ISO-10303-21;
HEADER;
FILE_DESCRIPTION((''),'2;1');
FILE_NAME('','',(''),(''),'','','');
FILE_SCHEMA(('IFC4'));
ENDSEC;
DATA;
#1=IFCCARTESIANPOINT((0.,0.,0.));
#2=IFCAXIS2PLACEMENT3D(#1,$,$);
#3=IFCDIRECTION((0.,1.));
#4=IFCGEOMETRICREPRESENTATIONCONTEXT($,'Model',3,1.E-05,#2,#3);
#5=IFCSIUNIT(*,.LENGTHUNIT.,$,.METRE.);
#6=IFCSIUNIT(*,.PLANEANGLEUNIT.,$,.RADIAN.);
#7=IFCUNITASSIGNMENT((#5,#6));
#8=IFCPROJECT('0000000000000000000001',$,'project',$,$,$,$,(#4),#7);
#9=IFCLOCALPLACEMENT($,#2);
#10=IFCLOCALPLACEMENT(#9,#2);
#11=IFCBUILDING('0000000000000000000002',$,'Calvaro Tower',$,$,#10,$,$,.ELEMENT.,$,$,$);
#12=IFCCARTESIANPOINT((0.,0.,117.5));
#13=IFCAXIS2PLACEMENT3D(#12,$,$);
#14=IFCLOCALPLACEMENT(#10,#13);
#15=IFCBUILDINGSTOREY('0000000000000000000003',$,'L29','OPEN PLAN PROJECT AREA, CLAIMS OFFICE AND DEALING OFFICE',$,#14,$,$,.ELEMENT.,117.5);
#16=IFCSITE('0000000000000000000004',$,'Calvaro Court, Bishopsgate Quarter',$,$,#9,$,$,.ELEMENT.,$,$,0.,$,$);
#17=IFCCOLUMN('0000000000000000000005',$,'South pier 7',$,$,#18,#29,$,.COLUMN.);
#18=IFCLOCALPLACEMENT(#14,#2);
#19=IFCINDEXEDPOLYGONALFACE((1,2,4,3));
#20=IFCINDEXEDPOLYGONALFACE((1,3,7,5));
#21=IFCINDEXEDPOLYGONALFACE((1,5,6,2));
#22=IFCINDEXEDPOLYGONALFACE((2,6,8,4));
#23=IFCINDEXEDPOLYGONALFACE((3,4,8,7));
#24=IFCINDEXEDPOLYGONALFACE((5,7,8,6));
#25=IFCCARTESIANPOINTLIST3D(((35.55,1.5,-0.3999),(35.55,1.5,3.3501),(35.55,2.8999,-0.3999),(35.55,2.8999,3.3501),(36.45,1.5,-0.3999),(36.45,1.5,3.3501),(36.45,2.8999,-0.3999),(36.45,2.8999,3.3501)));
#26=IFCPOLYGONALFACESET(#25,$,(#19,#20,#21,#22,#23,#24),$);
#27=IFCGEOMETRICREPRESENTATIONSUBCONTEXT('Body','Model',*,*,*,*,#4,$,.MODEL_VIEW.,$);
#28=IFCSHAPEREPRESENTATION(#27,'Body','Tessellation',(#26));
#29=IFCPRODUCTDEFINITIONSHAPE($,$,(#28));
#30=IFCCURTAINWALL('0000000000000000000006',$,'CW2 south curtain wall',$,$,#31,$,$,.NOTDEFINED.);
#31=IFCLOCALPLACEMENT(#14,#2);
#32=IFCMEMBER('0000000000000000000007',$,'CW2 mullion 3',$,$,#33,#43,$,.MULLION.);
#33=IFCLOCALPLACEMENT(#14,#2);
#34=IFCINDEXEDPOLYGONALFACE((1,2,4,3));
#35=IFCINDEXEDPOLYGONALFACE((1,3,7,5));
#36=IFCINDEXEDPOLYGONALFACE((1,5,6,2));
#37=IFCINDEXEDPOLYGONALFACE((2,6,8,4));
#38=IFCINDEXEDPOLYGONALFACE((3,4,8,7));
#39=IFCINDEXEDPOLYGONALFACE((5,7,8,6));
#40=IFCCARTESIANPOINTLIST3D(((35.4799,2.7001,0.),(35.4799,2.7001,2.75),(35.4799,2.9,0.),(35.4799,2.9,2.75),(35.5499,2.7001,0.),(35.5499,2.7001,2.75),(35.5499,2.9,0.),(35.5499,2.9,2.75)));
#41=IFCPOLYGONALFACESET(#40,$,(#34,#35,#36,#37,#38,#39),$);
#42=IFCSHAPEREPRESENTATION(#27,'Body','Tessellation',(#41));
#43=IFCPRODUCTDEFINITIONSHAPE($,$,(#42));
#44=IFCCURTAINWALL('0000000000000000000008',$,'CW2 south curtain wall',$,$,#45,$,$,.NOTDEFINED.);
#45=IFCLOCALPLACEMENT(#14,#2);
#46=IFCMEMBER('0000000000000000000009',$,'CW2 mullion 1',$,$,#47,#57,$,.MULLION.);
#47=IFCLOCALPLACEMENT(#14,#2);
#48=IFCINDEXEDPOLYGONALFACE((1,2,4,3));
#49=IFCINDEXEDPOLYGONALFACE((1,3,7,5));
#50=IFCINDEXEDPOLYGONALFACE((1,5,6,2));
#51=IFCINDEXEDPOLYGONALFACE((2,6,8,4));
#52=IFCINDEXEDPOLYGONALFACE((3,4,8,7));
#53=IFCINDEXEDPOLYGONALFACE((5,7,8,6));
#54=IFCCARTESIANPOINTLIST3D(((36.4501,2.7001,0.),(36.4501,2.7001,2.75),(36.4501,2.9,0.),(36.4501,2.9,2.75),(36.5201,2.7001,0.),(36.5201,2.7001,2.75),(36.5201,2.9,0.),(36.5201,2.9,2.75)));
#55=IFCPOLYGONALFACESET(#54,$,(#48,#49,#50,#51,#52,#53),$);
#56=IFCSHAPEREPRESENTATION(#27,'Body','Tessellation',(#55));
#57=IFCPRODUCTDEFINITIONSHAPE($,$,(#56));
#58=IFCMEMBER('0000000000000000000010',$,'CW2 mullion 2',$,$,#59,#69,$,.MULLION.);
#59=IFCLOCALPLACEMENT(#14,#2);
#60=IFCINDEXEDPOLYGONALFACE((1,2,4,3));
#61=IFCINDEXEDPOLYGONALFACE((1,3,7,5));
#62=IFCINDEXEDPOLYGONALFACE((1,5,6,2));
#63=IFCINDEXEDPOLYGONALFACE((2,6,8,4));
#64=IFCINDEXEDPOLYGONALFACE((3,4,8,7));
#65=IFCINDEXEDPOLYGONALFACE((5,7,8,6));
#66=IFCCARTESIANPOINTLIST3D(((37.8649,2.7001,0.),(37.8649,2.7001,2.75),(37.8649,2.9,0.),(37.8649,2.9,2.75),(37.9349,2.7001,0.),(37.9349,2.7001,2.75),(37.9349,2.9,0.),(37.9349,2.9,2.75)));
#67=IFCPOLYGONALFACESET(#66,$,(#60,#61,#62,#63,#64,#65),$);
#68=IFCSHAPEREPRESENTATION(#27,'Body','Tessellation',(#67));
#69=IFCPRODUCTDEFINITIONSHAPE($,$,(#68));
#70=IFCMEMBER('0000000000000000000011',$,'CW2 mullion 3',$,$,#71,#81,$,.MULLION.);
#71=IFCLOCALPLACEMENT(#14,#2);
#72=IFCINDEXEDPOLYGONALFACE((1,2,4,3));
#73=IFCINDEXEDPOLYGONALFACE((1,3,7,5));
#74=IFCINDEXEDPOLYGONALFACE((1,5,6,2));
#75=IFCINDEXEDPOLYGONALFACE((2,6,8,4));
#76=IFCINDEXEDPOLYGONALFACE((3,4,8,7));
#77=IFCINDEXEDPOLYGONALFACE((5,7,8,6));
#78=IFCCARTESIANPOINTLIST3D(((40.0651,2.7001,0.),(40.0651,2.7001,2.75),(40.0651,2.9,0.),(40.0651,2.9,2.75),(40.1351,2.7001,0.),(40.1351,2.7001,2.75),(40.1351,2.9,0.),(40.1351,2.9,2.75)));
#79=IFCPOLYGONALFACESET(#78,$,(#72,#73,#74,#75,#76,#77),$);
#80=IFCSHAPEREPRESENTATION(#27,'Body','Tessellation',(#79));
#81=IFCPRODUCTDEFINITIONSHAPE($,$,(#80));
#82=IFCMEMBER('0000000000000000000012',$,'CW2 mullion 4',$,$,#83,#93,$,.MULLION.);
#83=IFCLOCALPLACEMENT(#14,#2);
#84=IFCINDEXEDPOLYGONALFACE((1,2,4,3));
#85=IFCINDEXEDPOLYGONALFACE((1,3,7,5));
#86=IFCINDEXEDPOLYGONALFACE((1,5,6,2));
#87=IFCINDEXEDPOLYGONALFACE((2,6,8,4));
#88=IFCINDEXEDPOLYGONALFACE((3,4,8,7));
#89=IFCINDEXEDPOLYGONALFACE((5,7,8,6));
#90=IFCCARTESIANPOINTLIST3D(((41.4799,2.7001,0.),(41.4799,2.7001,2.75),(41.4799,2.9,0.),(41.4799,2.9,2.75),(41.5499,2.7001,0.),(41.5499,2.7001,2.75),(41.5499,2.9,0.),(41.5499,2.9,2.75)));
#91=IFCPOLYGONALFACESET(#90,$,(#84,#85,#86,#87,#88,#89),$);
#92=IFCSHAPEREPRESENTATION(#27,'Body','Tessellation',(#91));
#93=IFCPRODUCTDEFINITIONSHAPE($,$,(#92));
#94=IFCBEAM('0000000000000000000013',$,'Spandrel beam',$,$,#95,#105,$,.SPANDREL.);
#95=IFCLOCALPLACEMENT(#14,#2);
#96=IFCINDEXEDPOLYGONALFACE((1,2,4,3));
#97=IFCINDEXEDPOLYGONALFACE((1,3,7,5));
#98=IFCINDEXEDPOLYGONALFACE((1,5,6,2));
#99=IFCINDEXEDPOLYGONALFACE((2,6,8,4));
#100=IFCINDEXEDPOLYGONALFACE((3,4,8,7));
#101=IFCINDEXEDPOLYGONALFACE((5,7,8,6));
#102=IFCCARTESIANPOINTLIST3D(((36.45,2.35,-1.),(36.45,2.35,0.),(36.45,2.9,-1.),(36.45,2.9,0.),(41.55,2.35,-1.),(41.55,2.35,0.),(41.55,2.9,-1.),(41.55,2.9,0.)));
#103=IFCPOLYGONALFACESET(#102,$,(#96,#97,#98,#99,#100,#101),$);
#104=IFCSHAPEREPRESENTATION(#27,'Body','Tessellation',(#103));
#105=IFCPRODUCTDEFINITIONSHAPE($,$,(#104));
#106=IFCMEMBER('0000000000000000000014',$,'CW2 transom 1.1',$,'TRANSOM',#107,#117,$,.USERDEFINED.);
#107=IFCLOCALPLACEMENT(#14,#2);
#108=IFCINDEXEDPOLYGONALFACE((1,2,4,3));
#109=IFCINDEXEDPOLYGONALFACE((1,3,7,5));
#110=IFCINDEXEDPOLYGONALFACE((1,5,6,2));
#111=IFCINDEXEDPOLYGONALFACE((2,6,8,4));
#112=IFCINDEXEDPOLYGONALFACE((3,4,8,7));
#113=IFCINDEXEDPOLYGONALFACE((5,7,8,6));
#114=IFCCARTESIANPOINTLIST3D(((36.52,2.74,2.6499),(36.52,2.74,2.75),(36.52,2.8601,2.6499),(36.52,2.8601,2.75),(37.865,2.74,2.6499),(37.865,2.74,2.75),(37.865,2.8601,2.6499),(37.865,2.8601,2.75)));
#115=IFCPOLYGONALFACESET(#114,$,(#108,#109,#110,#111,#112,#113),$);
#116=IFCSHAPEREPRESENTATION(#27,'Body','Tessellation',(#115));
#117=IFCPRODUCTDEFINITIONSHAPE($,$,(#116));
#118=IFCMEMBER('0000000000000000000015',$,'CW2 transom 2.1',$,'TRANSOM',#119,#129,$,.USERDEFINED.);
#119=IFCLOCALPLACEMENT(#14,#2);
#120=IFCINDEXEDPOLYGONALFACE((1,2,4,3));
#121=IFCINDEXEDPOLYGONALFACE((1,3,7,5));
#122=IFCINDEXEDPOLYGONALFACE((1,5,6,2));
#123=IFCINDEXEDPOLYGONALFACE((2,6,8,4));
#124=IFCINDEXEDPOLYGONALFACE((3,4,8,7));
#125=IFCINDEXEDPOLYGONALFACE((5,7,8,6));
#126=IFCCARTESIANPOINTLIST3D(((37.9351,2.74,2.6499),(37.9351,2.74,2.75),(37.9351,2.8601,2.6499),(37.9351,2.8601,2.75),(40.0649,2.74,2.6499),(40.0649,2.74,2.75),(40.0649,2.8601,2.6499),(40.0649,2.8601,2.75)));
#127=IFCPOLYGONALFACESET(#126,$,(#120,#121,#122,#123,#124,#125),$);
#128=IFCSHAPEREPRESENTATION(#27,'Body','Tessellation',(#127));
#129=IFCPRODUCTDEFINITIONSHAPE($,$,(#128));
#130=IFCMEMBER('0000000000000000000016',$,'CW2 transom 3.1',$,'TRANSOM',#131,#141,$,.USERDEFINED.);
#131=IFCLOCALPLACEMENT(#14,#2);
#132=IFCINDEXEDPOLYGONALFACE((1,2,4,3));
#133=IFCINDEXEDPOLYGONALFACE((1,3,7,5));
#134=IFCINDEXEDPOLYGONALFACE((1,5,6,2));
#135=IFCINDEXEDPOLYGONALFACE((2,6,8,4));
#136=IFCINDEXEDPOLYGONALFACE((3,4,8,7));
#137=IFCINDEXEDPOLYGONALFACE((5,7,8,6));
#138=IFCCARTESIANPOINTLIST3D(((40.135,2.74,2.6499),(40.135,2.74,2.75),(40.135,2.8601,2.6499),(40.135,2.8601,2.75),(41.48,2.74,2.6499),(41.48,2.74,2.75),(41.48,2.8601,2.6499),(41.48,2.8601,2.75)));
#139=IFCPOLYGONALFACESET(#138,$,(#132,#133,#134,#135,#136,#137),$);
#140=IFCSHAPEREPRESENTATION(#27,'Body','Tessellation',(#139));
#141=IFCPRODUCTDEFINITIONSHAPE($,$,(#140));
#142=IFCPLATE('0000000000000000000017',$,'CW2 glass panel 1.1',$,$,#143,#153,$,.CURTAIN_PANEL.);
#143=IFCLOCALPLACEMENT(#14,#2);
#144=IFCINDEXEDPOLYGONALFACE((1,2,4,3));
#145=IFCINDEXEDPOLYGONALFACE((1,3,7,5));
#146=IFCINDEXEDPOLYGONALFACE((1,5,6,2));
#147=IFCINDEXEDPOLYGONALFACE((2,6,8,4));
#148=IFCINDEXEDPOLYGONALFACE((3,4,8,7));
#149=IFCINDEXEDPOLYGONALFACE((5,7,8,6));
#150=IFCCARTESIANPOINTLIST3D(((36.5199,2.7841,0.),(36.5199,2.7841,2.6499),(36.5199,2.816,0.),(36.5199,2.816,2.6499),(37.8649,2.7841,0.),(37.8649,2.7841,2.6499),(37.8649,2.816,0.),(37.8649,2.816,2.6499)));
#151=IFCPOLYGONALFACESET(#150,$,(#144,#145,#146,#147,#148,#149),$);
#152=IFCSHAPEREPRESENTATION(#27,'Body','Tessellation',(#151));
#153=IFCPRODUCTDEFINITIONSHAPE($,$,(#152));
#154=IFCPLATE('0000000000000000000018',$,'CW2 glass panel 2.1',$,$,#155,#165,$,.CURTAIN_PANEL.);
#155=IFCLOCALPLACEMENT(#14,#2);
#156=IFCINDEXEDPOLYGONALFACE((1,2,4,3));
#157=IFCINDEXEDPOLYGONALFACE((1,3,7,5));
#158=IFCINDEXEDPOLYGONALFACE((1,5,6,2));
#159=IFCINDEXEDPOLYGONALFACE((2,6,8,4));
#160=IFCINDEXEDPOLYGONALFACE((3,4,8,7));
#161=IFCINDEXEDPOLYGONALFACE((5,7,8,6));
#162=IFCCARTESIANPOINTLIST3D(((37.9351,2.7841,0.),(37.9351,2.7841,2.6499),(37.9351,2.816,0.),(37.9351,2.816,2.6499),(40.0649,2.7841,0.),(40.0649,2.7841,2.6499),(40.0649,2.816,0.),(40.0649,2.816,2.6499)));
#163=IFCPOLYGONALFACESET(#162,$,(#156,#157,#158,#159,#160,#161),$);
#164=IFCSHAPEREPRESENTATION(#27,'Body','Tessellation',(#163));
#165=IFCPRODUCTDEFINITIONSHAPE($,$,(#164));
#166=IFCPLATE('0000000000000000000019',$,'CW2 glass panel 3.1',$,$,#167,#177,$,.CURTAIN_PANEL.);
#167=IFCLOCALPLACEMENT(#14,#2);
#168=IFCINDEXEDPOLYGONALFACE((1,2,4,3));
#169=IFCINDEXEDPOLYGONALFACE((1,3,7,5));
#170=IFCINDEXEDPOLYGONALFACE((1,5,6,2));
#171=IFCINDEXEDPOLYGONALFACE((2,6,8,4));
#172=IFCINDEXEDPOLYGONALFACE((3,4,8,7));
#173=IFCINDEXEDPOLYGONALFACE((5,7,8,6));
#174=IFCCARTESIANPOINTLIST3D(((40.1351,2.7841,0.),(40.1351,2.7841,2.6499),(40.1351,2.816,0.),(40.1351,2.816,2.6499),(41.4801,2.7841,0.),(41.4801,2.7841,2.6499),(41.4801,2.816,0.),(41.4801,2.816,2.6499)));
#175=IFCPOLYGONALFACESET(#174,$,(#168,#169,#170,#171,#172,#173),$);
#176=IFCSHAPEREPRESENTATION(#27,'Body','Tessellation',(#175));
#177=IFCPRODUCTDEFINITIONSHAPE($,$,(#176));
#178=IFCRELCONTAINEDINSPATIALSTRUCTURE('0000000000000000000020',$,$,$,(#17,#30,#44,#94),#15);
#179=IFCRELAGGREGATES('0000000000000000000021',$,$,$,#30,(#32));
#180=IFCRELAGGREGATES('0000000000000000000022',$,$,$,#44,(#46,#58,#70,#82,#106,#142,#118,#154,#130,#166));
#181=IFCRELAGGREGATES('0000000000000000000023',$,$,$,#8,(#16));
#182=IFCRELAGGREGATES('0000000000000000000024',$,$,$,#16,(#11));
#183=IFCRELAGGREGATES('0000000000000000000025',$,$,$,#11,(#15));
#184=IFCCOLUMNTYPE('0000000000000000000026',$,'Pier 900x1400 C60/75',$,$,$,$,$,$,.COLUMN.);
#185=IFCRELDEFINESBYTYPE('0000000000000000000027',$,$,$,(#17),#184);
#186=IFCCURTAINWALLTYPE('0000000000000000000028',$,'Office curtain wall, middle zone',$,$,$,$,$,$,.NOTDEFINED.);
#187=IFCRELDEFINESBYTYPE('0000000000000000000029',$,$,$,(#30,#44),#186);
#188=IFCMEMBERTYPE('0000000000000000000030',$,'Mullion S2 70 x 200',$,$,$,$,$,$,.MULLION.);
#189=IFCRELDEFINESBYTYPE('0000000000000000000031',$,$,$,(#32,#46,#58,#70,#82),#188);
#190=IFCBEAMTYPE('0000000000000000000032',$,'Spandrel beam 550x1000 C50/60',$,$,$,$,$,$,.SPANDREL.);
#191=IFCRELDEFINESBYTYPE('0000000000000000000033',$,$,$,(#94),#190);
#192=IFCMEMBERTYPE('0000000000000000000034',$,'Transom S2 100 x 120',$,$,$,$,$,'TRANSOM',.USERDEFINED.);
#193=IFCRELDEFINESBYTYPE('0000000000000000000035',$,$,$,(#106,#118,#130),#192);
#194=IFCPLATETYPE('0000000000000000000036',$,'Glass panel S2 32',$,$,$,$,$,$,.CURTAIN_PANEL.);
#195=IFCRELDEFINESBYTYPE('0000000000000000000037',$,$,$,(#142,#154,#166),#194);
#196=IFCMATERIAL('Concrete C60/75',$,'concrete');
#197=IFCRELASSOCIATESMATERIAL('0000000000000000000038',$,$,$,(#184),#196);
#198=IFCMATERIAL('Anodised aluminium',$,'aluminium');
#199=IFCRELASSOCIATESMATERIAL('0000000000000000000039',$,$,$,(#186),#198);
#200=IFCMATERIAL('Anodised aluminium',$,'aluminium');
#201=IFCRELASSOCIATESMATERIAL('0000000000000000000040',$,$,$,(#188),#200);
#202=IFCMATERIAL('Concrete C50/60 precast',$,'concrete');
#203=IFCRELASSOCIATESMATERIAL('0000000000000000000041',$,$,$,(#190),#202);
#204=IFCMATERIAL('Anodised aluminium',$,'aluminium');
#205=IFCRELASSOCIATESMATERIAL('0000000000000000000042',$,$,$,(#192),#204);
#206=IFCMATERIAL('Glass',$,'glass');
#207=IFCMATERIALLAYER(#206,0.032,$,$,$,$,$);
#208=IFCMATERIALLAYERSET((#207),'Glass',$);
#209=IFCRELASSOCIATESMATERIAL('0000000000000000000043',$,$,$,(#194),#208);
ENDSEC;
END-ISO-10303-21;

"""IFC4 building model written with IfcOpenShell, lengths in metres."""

from ifc_helpers import new_model, si_unit, direction, frame, origin, origin_2d, place, context, subcontext, project, spatial, rectangle, extrude, material, layer, layer_set, material_profile, profile_set, type_object, element, aggregate, save


model = new_model("IFC4")

# Units and contexts
model_context = context("Model", 3, precision=1e-05, world=origin(), true_north=direction((0.0, 1.0)))
body_context = subcontext(model_context, "Body", "Model", "MODEL_VIEW")
ifc_project = project(units=[si_unit("LENGTHUNIT", "METRE"), si_unit("PLANEANGLEUNIT", "RADIAN")], contexts=[model_context])

# Site, building, storey
site_placement = place(None, origin())
site = spatial("IfcSite", under=ifc_project, at=site_placement, Name="Calvaro Court, Bishopsgate Quarter", CompositionType="ELEMENT", RefElevation=0.0)
building_placement = place(site_placement, origin())
building = spatial("IfcBuilding", under=site, at=building_placement, Name="Calvaro Tower", CompositionType="ELEMENT")
storey_placement = place(building_placement, frame((0.0, 0.0, 117.5)))
storey = spatial("IfcBuildingStorey", under=building, at=storey_placement, Name="L29", Description="OPEN PLAN PROJECT AREA, CLAIMS OFFICE AND DEALING OFFICE", CompositionType="ELEMENT", Elevation=117.5)

# Column
ifc_material_1 = material(Name="Concrete C60/75", Category="concrete")
ifc_material_profile_1 = material_profile(ifc_material_1, rectangle(XDim=0.8999, YDim=1.3999, at=origin_2d()), Name="RC 900x1400")
ifc_profile_set_1 = profile_set([ifc_material_profile_1], Name="Concrete C60/75")
column_type = type_object("IfcColumnType", Name="Pier 900x1400 C60/75", PredefinedType="COLUMN", material=ifc_profile_set_1)
column_placement = place(storey_placement, frame((36.0, 2.2, -0.3999), z_axis=(0.0, 0.0, 1.0), x_axis=(1.0, 0.0, 0.0)))
element("IfcColumn", 1, at=column_placement, inside=storey, type_object=column_type, Name="South pier 7", PredefinedType="COLUMN", context=body_context, shape_type="SweptSolid", body=[
    extrude(rectangle(XDim=0.8999, YDim=1.3999, at=origin_2d()), origin(), (0.0, 0.0, 1.0), 3.75),
])

# Curtain wall, member
ifc_material_2 = material(Name="Anodised aluminium", Category="aluminium")
curtain_wall_type = type_object("IfcCurtainWallType", Name="Office curtain wall, middle zone", PredefinedType="NOTDEFINED", material=ifc_material_2)
curtain_wall_1_placement = place(storey_placement, origin())
curtain_wall_1 = element("IfcCurtainWall", 2, at=curtain_wall_1_placement, inside=storey, type_object=curtain_wall_type, Name="CW2 south curtain wall", PredefinedType="NOTDEFINED")
ifc_material_3 = material(Name="Anodised aluminium", Category="aluminium")
ifc_material_profile_2 = material_profile(ifc_material_3, rectangle(XDim=0.2, YDim=0.0701, at=origin_2d()), Name="Mullion S2 70 x 200")
ifc_profile_set_2 = profile_set([ifc_material_profile_2], Name="Anodised aluminium")
member_type_1 = type_object("IfcMemberType", Name="Mullion S2 70 x 200", PredefinedType="MULLION", material=ifc_profile_set_2)
member_1_placement = place(storey_placement, frame((35.5149, 2.8, 0.0), z_axis=(0.0, 0.0, 1.0), x_axis=(0.0, 1.0, 0.0)))
member_1 = element("IfcMember", 3, at=member_1_placement, type_object=member_type_1, Name="CW2 mullion 3", PredefinedType="MULLION", context=body_context, shape_type="SweptSolid", body=[
    extrude(rectangle(XDim=0.2, YDim=0.0701, at=origin_2d()), origin(), (0.0, 0.0, 1.0), 2.75),
])
aggregate(curtain_wall_1, [member_1])

# Curtain wall, members
curtain_wall_2_placement = place(storey_placement, origin())
curtain_wall_2 = element("IfcCurtainWall", 4, at=curtain_wall_2_placement, inside=storey, type_object=curtain_wall_type, Name="CW2 south curtain wall", PredefinedType="NOTDEFINED")
member_2_placement = place(storey_placement, frame((36.4851, 2.8, 0.0), z_axis=(0.0, 0.0, 1.0), x_axis=(0.0, 1.0, 0.0)))
member_2 = element("IfcMember", 5, at=member_2_placement, type_object=member_type_1, Name="CW2 mullion 1", PredefinedType="MULLION", context=body_context, shape_type="SweptSolid", body=[
    extrude(rectangle(XDim=0.2, YDim=0.0701, at=origin_2d()), origin(), (0.0, 0.0, 1.0), 2.75),
])
member_3_placement = place(storey_placement, frame((37.8999, 2.8, 0.0), z_axis=(0.0, 0.0, 1.0), x_axis=(0.0, 1.0, 0.0)))
member_3 = element("IfcMember", 6, at=member_3_placement, type_object=member_type_1, Name="CW2 mullion 2", PredefinedType="MULLION", context=body_context, shape_type="SweptSolid", body=[
    extrude(rectangle(XDim=0.2, YDim=0.0701, at=origin_2d()), origin(), (0.0, 0.0, 1.0), 2.75),
])
member_4_placement = place(storey_placement, frame((40.1001, 2.8, 0.0), z_axis=(0.0, 0.0, 1.0), x_axis=(0.0, 1.0, 0.0)))
member_4 = element("IfcMember", 7, at=member_4_placement, type_object=member_type_1, Name="CW2 mullion 3", PredefinedType="MULLION", context=body_context, shape_type="SweptSolid", body=[
    extrude(rectangle(XDim=0.2, YDim=0.0701, at=origin_2d()), origin(), (0.0, 0.0, 1.0), 2.75),
])
member_5_placement = place(storey_placement, frame((41.5149, 2.8, 0.0), z_axis=(0.0, 0.0, 1.0), x_axis=(0.0, 1.0, 0.0)))
member_5 = element("IfcMember", 8, at=member_5_placement, type_object=member_type_1, Name="CW2 mullion 4", PredefinedType="MULLION", context=body_context, shape_type="SweptSolid", body=[
    extrude(rectangle(XDim=0.2, YDim=0.0701, at=origin_2d()), origin(), (0.0, 0.0, 1.0), 2.75),
])

# Beam
ifc_material_4 = material(Name="Concrete C50/60 precast", Category="concrete")
ifc_material_profile_3 = material_profile(ifc_material_4, rectangle(XDim=0.55, YDim=1.0, at=origin_2d()), Name="RC 550x1000")
ifc_profile_set_3 = profile_set([ifc_material_profile_3], Name="Concrete C50/60 precast")
beam_type = type_object("IfcBeamType", Name="Spandrel beam 550x1000 C50/60", PredefinedType="SPANDREL", material=ifc_profile_set_3)
beam_placement = place(storey_placement, frame((36.45, 2.625, -0.5), z_axis=(1.0, 0.0, 0.0), x_axis=(0.0, 1.0, 0.0)))
element("IfcBeam", 9, at=beam_placement, inside=storey, type_object=beam_type, Name="Spandrel beam", PredefinedType="SPANDREL", context=body_context, shape_type="SweptSolid", body=[
    extrude(rectangle(XDim=0.55, YDim=1.0, at=origin_2d()), origin(), (0.0, 0.0, 1.0), 5.1001),
])

# Members
ifc_material_5 = material(Name="Anodised aluminium", Category="aluminium")
ifc_material_profile_4 = material_profile(ifc_material_5, rectangle(XDim=0.1201, YDim=0.1001, at=origin_2d()), Name="Transom S2 100 x 120")
ifc_profile_set_4 = profile_set([ifc_material_profile_4], Name="Anodised aluminium")
member_type_2 = type_object("IfcMemberType", Name="Transom S2 100 x 120", ElementType="TRANSOM", PredefinedType="USERDEFINED", material=ifc_profile_set_4)
member_6_placement = place(storey_placement, frame((36.52, 2.8, 2.7), z_axis=(1.0, 0.0, 0.0), x_axis=(0.0, 1.0, 0.0)))
member_6 = element("IfcMember", 10, at=member_6_placement, type_object=member_type_2, Name="CW2 transom 1.1", ObjectType="TRANSOM", PredefinedType="USERDEFINED", context=body_context, shape_type="SweptSolid", body=[
    extrude(rectangle(XDim=0.1201, YDim=0.1001, at=origin_2d()), origin(), (0.0, 0.0, 1.0), 1.345),
])
member_7_placement = place(storey_placement, frame((37.9351, 2.8, 2.7), z_axis=(1.0, 0.0, 0.0), x_axis=(0.0, 1.0, 0.0)))
member_7 = element("IfcMember", 11, at=member_7_placement, type_object=member_type_2, Name="CW2 transom 2.1", ObjectType="TRANSOM", PredefinedType="USERDEFINED", context=body_context, shape_type="SweptSolid", body=[
    extrude(rectangle(XDim=0.1201, YDim=0.1001, at=origin_2d()), origin(), (0.0, 0.0, 1.0), 2.1299),
])
member_8_placement = place(storey_placement, frame((40.135, 2.8, 2.7), z_axis=(1.0, 0.0, 0.0), x_axis=(0.0, 1.0, 0.0)))
member_8 = element("IfcMember", 12, at=member_8_placement, type_object=member_type_2, Name="CW2 transom 3.1", ObjectType="TRANSOM", PredefinedType="USERDEFINED", context=body_context, shape_type="SweptSolid", body=[
    extrude(rectangle(XDim=0.1201, YDim=0.1001, at=origin_2d()), origin(), (0.0, 0.0, 1.0), 1.345),
])

# Plates
ifc_material_6 = material(Name="Glass", Category="glass")
ifc_layer_1 = layer(ifc_material_6, 0.032)
ifc_layer_set_1 = layer_set([ifc_layer_1], Name="Glass")
plate_type = type_object("IfcPlateType", Name="Glass panel S2 32", PredefinedType="CURTAIN_PANEL", material=ifc_layer_set_1)
plate_1_placement = place(storey_placement, frame((37.1924, 2.8, 0.0), z_axis=(0.0, 0.0, 1.0), x_axis=(1.0, 0.0, 0.0)))
plate_1 = element("IfcPlate", 13, at=plate_1_placement, type_object=plate_type, Name="CW2 glass panel 1.1", PredefinedType="CURTAIN_PANEL", context=body_context, shape_type="SweptSolid", body=[
    extrude(rectangle(XDim=1.345, YDim=0.032, at=origin_2d()), origin(), (0.0, 0.0, 1.0), 2.6499),
])
plate_2_placement = place(storey_placement, frame((39.0, 2.8, 0.0), z_axis=(0.0, 0.0, 1.0), x_axis=(1.0, 0.0, 0.0)))
plate_2 = element("IfcPlate", 14, at=plate_2_placement, type_object=plate_type, Name="CW2 glass panel 2.1", PredefinedType="CURTAIN_PANEL", context=body_context, shape_type="SweptSolid", body=[
    extrude(rectangle(XDim=2.1299, YDim=0.032, at=origin_2d()), origin(), (0.0, 0.0, 1.0), 2.6499),
])
plate_3_placement = place(storey_placement, frame((40.8076, 2.8, 0.0), z_axis=(0.0, 0.0, 1.0), x_axis=(1.0, 0.0, 0.0)))
plate_3 = element("IfcPlate", 15, at=plate_3_placement, type_object=plate_type, Name="CW2 glass panel 3.1", PredefinedType="CURTAIN_PANEL", context=body_context, shape_type="SweptSolid", body=[
    extrude(rectangle(XDim=1.345, YDim=0.032, at=origin_2d()), origin(), (0.0, 0.0, 1.0), 2.6499),
])
aggregate(curtain_wall_2, [member_2, member_3, member_4, member_5, member_6, plate_1, member_7, plate_2, member_8, plate_3])

save(model, "model.ifc")
